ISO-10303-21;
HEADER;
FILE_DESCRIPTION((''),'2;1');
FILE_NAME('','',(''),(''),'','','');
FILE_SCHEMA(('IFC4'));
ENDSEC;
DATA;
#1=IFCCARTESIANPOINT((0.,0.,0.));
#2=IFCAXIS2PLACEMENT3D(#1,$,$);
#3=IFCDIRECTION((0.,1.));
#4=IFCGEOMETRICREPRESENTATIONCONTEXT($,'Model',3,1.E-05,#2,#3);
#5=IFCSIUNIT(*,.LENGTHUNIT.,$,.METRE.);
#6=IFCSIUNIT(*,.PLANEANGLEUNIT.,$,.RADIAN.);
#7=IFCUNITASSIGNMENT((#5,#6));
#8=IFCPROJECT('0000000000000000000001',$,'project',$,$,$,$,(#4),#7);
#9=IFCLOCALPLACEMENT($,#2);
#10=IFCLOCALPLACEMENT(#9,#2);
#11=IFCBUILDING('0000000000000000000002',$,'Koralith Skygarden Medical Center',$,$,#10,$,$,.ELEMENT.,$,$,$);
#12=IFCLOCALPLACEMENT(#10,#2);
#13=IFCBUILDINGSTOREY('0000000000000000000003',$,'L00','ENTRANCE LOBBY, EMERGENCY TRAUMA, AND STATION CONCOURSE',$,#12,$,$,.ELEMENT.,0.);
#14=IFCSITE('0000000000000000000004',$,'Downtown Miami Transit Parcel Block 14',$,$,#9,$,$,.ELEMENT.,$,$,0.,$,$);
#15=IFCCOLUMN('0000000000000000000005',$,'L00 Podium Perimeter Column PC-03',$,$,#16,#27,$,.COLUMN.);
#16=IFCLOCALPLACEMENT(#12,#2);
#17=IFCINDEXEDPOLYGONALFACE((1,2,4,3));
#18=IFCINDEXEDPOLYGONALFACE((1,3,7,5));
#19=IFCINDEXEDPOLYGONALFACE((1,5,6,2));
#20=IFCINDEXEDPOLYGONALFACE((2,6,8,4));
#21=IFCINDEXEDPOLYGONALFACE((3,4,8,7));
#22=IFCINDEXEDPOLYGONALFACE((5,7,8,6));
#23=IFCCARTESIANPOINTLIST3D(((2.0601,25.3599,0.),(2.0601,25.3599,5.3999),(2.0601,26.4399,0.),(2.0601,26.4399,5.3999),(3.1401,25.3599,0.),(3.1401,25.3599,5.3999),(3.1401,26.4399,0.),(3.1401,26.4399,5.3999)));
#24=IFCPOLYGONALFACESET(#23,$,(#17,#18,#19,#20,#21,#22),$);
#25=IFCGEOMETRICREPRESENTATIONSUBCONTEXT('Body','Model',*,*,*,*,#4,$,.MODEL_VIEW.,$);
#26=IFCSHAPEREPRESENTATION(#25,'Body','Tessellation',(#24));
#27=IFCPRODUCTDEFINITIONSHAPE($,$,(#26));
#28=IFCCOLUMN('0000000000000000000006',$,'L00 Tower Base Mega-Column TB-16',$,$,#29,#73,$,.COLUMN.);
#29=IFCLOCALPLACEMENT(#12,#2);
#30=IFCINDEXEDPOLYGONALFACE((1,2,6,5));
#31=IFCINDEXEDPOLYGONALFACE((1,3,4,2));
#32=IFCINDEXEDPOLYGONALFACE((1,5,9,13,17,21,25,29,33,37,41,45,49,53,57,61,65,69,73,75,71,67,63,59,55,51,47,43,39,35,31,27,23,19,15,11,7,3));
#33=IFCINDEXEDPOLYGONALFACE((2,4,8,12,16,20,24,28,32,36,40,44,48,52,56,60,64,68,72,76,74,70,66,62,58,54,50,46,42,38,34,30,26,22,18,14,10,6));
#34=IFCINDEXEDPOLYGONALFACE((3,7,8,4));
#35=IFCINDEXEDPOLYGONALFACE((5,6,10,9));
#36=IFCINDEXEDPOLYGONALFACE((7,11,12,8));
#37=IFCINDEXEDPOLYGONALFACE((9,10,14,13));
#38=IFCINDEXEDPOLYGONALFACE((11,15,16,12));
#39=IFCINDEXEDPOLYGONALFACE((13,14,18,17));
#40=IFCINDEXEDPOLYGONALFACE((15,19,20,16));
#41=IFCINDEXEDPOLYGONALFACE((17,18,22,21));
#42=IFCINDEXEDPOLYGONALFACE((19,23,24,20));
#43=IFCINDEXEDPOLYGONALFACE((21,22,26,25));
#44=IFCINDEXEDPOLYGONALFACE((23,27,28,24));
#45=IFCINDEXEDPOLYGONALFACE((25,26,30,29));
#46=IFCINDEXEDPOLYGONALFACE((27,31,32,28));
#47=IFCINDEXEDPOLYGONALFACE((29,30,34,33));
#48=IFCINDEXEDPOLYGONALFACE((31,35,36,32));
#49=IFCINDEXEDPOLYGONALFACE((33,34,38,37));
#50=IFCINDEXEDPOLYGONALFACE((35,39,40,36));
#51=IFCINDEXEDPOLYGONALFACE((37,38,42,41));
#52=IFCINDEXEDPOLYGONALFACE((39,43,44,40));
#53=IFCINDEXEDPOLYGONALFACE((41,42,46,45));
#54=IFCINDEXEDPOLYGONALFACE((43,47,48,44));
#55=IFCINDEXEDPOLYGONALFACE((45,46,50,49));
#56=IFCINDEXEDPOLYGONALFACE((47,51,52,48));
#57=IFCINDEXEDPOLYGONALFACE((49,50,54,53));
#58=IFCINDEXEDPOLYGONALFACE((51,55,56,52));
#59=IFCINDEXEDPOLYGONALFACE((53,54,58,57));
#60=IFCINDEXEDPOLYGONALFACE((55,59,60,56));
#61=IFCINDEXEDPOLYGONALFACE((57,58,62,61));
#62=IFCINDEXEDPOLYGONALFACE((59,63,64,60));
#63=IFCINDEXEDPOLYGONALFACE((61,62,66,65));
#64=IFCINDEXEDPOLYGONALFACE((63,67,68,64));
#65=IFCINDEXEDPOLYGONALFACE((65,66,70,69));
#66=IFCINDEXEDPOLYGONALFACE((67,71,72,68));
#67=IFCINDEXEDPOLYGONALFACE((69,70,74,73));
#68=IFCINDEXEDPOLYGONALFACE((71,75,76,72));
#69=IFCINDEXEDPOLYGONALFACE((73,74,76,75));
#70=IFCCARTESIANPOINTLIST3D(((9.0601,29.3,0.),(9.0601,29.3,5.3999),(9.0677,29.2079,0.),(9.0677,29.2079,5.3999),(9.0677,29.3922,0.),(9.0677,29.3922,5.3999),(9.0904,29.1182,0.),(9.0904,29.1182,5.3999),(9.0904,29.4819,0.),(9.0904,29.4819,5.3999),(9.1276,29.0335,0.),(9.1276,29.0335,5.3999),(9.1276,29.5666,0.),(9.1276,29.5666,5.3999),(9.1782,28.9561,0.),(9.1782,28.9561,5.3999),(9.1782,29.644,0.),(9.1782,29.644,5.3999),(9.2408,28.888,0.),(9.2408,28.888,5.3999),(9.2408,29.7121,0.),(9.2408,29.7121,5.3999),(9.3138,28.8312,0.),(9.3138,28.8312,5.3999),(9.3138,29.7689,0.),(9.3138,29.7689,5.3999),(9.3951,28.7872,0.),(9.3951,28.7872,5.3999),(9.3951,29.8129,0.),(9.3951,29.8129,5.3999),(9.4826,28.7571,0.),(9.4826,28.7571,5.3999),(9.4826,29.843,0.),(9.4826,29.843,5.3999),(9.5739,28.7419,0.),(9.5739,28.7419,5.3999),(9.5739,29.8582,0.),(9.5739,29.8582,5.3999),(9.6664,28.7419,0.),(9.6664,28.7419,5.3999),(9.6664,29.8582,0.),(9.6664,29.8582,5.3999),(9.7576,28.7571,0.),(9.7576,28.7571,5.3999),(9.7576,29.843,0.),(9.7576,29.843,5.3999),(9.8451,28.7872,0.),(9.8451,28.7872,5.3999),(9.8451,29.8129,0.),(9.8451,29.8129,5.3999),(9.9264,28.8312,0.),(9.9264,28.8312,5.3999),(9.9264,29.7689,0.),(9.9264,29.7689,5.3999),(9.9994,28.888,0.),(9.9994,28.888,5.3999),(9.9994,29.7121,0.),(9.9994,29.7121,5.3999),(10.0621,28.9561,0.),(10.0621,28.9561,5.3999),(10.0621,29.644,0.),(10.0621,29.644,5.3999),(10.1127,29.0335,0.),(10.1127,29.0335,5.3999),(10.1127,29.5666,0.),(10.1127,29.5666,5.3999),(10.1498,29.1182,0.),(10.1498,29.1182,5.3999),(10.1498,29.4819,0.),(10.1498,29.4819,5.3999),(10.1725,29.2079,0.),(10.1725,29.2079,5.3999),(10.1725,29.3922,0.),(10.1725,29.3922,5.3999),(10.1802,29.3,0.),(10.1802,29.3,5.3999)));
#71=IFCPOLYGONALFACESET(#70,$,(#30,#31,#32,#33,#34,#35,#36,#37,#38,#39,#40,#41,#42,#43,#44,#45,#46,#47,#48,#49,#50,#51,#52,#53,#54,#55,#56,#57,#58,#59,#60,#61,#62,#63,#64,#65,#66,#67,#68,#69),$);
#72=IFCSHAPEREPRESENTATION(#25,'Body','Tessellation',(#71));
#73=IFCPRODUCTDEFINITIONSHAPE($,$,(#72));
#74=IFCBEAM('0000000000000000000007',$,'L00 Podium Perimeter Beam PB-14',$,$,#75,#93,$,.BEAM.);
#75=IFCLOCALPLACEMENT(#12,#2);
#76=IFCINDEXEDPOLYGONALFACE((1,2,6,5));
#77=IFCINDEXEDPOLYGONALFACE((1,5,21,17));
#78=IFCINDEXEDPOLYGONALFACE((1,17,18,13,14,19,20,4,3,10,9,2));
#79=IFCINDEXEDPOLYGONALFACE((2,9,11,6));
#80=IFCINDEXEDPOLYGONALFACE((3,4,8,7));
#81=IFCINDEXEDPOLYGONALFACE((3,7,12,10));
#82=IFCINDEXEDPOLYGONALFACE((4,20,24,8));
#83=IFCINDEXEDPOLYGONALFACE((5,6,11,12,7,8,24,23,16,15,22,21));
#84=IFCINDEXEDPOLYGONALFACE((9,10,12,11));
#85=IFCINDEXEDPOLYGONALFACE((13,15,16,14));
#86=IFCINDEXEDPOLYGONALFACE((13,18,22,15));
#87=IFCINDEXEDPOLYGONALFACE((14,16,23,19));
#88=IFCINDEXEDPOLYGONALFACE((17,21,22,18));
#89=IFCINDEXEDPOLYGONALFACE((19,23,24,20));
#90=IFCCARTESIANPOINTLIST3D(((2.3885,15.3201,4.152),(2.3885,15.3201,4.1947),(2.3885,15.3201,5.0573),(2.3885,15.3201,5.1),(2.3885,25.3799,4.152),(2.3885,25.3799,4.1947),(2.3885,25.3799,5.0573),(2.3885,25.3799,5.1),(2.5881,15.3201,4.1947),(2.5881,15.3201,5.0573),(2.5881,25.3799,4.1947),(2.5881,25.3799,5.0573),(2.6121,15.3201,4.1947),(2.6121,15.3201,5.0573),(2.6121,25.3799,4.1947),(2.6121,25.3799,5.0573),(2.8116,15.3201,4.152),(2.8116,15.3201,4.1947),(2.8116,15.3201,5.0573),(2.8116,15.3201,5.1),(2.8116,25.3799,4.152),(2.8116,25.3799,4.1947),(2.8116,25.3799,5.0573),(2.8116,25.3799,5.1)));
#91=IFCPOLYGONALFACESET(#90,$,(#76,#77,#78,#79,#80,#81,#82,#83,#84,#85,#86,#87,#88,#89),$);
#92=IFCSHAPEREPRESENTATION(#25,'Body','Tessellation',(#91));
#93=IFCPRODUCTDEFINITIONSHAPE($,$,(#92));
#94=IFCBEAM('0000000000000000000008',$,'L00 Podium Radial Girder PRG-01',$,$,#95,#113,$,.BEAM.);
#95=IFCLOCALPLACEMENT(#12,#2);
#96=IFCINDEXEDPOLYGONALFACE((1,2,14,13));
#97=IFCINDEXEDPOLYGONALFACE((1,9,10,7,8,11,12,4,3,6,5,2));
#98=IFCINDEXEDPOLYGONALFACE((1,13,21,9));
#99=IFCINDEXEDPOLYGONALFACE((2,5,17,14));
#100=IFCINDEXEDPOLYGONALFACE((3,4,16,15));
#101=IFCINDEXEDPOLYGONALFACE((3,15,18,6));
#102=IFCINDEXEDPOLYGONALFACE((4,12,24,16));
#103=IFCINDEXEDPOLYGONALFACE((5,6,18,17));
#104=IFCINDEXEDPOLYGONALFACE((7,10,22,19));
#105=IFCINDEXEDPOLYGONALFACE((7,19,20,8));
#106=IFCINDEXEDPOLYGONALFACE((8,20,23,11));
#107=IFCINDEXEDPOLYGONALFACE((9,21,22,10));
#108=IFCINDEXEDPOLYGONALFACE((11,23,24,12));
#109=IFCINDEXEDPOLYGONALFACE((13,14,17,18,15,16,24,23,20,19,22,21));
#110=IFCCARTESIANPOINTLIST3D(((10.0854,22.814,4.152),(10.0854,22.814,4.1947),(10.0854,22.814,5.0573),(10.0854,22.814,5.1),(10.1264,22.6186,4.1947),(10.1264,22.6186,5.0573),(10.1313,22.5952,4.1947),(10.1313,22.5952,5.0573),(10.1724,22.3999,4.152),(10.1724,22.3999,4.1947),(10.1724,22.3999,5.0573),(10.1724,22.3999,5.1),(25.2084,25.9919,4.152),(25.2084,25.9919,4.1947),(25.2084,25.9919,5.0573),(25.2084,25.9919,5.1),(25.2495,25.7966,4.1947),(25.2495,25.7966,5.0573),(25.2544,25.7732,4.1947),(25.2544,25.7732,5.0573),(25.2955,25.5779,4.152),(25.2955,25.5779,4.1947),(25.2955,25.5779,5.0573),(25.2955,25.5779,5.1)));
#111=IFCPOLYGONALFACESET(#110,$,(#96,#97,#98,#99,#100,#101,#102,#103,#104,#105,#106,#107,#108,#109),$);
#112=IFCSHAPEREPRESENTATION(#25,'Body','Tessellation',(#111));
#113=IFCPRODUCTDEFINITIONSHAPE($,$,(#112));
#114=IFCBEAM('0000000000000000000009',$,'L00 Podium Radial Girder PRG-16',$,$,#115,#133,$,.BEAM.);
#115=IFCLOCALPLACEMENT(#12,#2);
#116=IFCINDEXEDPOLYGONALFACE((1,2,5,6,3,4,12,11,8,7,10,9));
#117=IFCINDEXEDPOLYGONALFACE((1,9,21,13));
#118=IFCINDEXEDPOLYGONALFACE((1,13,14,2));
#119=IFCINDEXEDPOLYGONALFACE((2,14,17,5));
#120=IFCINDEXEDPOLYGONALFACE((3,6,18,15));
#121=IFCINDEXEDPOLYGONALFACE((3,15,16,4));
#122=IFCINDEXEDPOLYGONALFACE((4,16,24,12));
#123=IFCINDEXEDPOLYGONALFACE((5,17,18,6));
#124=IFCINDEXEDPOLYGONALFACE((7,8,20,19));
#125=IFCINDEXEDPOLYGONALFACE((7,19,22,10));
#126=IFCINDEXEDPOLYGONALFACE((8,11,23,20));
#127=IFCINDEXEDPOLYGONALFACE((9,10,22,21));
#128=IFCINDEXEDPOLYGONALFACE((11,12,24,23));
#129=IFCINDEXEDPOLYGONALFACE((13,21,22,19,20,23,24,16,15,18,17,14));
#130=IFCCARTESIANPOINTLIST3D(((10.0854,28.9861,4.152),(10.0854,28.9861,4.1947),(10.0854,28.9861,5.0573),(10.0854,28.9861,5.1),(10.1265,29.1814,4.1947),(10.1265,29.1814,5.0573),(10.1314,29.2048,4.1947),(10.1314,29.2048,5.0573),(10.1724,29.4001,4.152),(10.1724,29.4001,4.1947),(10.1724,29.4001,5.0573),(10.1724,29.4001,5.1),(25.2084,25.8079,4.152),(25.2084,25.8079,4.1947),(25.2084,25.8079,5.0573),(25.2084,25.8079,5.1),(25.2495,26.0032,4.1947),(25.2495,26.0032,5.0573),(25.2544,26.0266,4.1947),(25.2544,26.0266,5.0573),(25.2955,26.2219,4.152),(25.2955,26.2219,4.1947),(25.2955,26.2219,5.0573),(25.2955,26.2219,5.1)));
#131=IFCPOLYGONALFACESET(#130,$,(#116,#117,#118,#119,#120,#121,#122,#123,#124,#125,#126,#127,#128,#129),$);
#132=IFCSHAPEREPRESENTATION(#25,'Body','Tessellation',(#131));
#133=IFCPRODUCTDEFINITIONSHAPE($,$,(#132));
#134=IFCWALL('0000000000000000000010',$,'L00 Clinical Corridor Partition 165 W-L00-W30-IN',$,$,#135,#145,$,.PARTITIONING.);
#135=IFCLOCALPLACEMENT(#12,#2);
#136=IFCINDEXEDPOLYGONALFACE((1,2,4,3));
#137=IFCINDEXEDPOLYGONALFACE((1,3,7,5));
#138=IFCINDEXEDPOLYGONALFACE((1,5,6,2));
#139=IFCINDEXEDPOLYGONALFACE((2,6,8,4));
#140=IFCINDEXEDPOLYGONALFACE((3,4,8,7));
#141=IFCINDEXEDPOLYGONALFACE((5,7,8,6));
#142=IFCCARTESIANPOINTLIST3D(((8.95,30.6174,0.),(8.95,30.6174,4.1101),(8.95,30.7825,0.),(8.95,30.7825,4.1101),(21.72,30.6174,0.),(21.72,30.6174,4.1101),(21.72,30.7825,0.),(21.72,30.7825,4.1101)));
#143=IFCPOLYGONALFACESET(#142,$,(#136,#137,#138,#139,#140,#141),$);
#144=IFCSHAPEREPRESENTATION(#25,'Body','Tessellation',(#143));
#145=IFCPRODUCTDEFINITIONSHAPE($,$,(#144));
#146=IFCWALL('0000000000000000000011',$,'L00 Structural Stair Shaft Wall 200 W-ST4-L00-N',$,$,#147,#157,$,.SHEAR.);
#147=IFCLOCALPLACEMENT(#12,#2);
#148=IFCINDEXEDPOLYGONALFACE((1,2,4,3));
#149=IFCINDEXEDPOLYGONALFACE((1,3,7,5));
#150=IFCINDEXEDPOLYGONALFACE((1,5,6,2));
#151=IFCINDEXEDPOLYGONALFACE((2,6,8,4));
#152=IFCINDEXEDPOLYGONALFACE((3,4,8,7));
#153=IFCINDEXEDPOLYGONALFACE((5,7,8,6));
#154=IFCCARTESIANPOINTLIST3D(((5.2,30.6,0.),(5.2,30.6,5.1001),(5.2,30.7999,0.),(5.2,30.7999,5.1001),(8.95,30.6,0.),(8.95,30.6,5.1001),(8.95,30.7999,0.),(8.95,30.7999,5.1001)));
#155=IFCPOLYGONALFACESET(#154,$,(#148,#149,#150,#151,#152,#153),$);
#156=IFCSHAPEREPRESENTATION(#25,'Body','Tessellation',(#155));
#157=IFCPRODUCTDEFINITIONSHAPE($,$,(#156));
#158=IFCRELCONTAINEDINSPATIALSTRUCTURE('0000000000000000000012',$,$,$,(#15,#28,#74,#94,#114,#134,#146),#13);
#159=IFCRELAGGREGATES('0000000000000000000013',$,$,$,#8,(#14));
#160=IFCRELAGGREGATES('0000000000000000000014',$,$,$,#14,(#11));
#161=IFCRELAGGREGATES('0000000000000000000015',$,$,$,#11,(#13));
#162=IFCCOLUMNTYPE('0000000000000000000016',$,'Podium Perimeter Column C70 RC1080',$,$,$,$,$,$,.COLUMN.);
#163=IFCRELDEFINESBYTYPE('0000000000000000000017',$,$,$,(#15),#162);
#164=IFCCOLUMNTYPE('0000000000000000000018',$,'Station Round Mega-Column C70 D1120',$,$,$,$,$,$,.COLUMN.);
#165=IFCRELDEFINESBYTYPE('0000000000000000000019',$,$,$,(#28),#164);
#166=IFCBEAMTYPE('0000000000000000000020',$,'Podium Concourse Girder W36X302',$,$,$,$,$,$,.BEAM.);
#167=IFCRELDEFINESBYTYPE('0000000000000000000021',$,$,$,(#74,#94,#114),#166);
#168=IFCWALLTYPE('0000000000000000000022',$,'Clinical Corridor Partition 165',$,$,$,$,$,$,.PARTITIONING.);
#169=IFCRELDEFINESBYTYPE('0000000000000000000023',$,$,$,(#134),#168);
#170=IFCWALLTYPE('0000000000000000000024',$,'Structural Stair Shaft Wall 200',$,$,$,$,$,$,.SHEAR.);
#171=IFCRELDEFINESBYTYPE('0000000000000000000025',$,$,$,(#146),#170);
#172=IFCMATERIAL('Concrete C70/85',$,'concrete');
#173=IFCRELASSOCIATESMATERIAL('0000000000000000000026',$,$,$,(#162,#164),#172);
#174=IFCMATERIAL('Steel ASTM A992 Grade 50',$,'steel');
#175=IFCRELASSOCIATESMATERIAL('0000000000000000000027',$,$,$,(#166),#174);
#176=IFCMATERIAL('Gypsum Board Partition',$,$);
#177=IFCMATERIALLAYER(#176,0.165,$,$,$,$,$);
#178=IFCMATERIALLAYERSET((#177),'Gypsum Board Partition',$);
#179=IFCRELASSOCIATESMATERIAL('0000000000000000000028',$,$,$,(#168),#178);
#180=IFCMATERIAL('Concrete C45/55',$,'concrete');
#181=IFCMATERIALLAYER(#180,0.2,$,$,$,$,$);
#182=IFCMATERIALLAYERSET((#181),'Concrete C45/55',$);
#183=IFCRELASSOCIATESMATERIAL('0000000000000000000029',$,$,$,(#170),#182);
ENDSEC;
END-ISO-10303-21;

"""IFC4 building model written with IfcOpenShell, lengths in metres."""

from ifc_helpers import new_model, si_unit, direction, frame, frame_2d, origin, origin_2d, place, context, subcontext, project, spatial, rectangle, circle, i_section, extrude, material, layer, layer_set, material_profile, profile_set, type_object, element, save


model = new_model("IFC4")

# Units and contexts
model_context = context("Model", 3, precision=1e-05, world=origin(), true_north=direction((0.0, 1.0)))
body_context = subcontext(model_context, "Body", "Model", "MODEL_VIEW")
ifc_project = project(units=[si_unit("LENGTHUNIT", "METRE"), si_unit("PLANEANGLEUNIT", "RADIAN")], contexts=[model_context])

# Site, building, storey
site_placement = place(None, origin())
site = spatial("IfcSite", under=ifc_project, at=site_placement, Name="Downtown Miami Transit Parcel Block 14", CompositionType="ELEMENT", RefElevation=0.0)
building_placement = place(site_placement, origin())
building = spatial("IfcBuilding", under=site, at=building_placement, Name="Koralith Skygarden Medical Center", CompositionType="ELEMENT")
storey_placement = place(building_placement, origin())
storey = spatial("IfcBuildingStorey", under=building, at=storey_placement, Name="L00", Description="ENTRANCE LOBBY, EMERGENCY TRAUMA, AND STATION CONCOURSE", CompositionType="ELEMENT", Elevation=0.0)

# Columns
ifc_material_1 = material(Name="Concrete C70/85", Category="concrete")
ifc_material_profile_1 = material_profile(ifc_material_1, rectangle(XDim=1.0801, YDim=1.0801, at=origin_2d()), Name="RC1080X1080")
ifc_profile_set_1 = profile_set([ifc_material_profile_1], Name="Concrete C70/85")
column_type_1 = type_object("IfcColumnType", Name="Podium Perimeter Column C70 RC1080", PredefinedType="COLUMN", material=ifc_profile_set_1)
column_1_placement = place(storey_placement, frame((2.6001, 25.8999, 0.0), z_axis=(0.0, 0.0, 1.0), x_axis=(1.0, 0.0, 0.0)))
element("IfcColumn", 1, at=column_1_placement, inside=storey, type_object=column_type_1, Name="L00 Podium Perimeter Column PC-03", PredefinedType="COLUMN", context=body_context, shape_type="SweptSolid", body=[
    extrude(rectangle(XDim=1.0801, YDim=1.0801, at=origin_2d()), origin(), (0.0, 0.0, 1.0), 5.3999),
])
ifc_material_profile_2 = material_profile(ifc_material_1, circle(Radius=0.5601, at=origin_2d()), Name="RCCOL1120")
ifc_profile_set_2 = profile_set([ifc_material_profile_2], Name="Concrete C70/85")
column_type_2 = type_object("IfcColumnType", Name="Station Round Mega-Column C70 D1120", PredefinedType="COLUMN", material=ifc_profile_set_2)
column_2_placement = place(storey_placement, frame((9.6201, 29.3, 0.0), z_axis=(0.0, 0.0, 1.0), x_axis=(1.0, 0.0, 0.0)))
element("IfcColumn", 2, at=column_2_placement, inside=storey, type_object=column_type_2, Name="L00 Tower Base Mega-Column TB-16", PredefinedType="COLUMN", context=body_context, shape_type="SweptSolid", body=[
    extrude(circle(Radius=0.5601, at=origin_2d()), origin(), (0.0, 0.0, 1.0), 5.3999),
])

# Beams
ifc_material_2 = material(Name="Steel ASTM A992 Grade 50", Category="steel")
ifc_material_profile_3 = material_profile(ifc_material_2, i_section(OverallWidth=0.4231, OverallDepth=0.948, WebThickness=0.0239, FlangeThickness=0.0427, at=origin_2d()), Name="W36X302")
ifc_profile_set_3 = profile_set([ifc_material_profile_3], Name="Steel ASTM A992 Grade 50")
beam_type = type_object("IfcBeamType", Name="Podium Concourse Girder W36X302", PredefinedType="BEAM", material=ifc_profile_set_3)
beam_placement = place(storey_placement, frame((2.6001, 25.3799, 4.626), z_axis=(0.0, -1.0, 0.0), x_axis=(1.0, 0.0, 0.0)))
element("IfcBeam", 3, at=beam_placement, inside=storey, type_object=beam_type, Name="L00 Podium Perimeter Beam PB-14", PredefinedType="BEAM", context=body_context, shape_type="SweptSolid", body=[
    extrude(i_section(OverallWidth=0.4231, OverallDepth=0.948, WebThickness=0.0239, FlangeThickness=0.0427, at=origin_2d()), origin(), (0.0, 0.0, 1.0), 10.0598),
])
for number, where, z_axis, x_axis, name in (
    (4, (25.252, 25.7849, 4.626), (-0.978626, -0.20565, 0.0), (0.20565, -0.978626, 0.0), "L00 Podium Radial Girder PRG-01"),
    (5, (25.252, 26.0149, 4.626), (-0.978622, 0.205665, 0.0), (-0.205665, -0.978622, 0.0), "L00 Podium Radial Girder PRG-16"),
):
    element("IfcBeam", number, at=place(storey_placement, frame(where, z_axis=z_axis, x_axis=x_axis)), inside=storey, type_object=beam_type, Name=name, PredefinedType="BEAM", context=body_context, shape_type="SweptSolid", body=[
        extrude(i_section(OverallWidth=0.4231, OverallDepth=0.948, WebThickness=0.0239, FlangeThickness=0.0427, at=origin_2d()), origin(), (0.0, 0.0, 1.0), 15.4534),
    ])

# Walls
ifc_material_3 = material(Name="Gypsum Board Partition")
ifc_layer_1 = layer(ifc_material_3, 0.165)
ifc_layer_set_1 = layer_set([ifc_layer_1], Name="Gypsum Board Partition")
wall_type_1 = type_object("IfcWallType", Name="Clinical Corridor Partition 165", PredefinedType="PARTITIONING", material=ifc_layer_set_1)
wall_1_placement = place(storey_placement, frame((8.95, 30.7, 0.0), z_axis=(0.0, 0.0, 1.0), x_axis=(1.0, 0.0, 0.0)))
element("IfcWall", 6, at=wall_1_placement, inside=storey, type_object=wall_type_1, Name="L00 Clinical Corridor Partition 165 W-L00-W30-IN", PredefinedType="PARTITIONING", context=body_context, shape_type="SweptSolid", body=[
    extrude(rectangle(XDim=12.77, YDim=0.165, at=frame_2d((6.385, 0.0))), origin(), (0.0, 0.0, 1.0), 4.1101),
])
ifc_material_4 = material(Name="Concrete C45/55", Category="concrete")
ifc_layer_2 = layer(ifc_material_4, 0.2)
ifc_layer_set_2 = layer_set([ifc_layer_2], Name="Concrete C45/55")
wall_type_2 = type_object("IfcWallType", Name="Structural Stair Shaft Wall 200", PredefinedType="SHEAR", material=ifc_layer_set_2)
wall_2_placement = place(storey_placement, frame((5.2, 30.7, 0.0), z_axis=(0.0, 0.0, 1.0), x_axis=(1.0, 0.0, 0.0)))
element("IfcWall", 7, at=wall_2_placement, inside=storey, type_object=wall_type_2, Name="L00 Structural Stair Shaft Wall 200 W-ST4-L00-N", PredefinedType="SHEAR", context=body_context, shape_type="SweptSolid", body=[
    extrude(rectangle(XDim=3.75, YDim=0.2, at=frame_2d((1.875, 0.0))), origin(), (0.0, 0.0, 1.0), 5.1001),
])

save(model, "model.ifc")
